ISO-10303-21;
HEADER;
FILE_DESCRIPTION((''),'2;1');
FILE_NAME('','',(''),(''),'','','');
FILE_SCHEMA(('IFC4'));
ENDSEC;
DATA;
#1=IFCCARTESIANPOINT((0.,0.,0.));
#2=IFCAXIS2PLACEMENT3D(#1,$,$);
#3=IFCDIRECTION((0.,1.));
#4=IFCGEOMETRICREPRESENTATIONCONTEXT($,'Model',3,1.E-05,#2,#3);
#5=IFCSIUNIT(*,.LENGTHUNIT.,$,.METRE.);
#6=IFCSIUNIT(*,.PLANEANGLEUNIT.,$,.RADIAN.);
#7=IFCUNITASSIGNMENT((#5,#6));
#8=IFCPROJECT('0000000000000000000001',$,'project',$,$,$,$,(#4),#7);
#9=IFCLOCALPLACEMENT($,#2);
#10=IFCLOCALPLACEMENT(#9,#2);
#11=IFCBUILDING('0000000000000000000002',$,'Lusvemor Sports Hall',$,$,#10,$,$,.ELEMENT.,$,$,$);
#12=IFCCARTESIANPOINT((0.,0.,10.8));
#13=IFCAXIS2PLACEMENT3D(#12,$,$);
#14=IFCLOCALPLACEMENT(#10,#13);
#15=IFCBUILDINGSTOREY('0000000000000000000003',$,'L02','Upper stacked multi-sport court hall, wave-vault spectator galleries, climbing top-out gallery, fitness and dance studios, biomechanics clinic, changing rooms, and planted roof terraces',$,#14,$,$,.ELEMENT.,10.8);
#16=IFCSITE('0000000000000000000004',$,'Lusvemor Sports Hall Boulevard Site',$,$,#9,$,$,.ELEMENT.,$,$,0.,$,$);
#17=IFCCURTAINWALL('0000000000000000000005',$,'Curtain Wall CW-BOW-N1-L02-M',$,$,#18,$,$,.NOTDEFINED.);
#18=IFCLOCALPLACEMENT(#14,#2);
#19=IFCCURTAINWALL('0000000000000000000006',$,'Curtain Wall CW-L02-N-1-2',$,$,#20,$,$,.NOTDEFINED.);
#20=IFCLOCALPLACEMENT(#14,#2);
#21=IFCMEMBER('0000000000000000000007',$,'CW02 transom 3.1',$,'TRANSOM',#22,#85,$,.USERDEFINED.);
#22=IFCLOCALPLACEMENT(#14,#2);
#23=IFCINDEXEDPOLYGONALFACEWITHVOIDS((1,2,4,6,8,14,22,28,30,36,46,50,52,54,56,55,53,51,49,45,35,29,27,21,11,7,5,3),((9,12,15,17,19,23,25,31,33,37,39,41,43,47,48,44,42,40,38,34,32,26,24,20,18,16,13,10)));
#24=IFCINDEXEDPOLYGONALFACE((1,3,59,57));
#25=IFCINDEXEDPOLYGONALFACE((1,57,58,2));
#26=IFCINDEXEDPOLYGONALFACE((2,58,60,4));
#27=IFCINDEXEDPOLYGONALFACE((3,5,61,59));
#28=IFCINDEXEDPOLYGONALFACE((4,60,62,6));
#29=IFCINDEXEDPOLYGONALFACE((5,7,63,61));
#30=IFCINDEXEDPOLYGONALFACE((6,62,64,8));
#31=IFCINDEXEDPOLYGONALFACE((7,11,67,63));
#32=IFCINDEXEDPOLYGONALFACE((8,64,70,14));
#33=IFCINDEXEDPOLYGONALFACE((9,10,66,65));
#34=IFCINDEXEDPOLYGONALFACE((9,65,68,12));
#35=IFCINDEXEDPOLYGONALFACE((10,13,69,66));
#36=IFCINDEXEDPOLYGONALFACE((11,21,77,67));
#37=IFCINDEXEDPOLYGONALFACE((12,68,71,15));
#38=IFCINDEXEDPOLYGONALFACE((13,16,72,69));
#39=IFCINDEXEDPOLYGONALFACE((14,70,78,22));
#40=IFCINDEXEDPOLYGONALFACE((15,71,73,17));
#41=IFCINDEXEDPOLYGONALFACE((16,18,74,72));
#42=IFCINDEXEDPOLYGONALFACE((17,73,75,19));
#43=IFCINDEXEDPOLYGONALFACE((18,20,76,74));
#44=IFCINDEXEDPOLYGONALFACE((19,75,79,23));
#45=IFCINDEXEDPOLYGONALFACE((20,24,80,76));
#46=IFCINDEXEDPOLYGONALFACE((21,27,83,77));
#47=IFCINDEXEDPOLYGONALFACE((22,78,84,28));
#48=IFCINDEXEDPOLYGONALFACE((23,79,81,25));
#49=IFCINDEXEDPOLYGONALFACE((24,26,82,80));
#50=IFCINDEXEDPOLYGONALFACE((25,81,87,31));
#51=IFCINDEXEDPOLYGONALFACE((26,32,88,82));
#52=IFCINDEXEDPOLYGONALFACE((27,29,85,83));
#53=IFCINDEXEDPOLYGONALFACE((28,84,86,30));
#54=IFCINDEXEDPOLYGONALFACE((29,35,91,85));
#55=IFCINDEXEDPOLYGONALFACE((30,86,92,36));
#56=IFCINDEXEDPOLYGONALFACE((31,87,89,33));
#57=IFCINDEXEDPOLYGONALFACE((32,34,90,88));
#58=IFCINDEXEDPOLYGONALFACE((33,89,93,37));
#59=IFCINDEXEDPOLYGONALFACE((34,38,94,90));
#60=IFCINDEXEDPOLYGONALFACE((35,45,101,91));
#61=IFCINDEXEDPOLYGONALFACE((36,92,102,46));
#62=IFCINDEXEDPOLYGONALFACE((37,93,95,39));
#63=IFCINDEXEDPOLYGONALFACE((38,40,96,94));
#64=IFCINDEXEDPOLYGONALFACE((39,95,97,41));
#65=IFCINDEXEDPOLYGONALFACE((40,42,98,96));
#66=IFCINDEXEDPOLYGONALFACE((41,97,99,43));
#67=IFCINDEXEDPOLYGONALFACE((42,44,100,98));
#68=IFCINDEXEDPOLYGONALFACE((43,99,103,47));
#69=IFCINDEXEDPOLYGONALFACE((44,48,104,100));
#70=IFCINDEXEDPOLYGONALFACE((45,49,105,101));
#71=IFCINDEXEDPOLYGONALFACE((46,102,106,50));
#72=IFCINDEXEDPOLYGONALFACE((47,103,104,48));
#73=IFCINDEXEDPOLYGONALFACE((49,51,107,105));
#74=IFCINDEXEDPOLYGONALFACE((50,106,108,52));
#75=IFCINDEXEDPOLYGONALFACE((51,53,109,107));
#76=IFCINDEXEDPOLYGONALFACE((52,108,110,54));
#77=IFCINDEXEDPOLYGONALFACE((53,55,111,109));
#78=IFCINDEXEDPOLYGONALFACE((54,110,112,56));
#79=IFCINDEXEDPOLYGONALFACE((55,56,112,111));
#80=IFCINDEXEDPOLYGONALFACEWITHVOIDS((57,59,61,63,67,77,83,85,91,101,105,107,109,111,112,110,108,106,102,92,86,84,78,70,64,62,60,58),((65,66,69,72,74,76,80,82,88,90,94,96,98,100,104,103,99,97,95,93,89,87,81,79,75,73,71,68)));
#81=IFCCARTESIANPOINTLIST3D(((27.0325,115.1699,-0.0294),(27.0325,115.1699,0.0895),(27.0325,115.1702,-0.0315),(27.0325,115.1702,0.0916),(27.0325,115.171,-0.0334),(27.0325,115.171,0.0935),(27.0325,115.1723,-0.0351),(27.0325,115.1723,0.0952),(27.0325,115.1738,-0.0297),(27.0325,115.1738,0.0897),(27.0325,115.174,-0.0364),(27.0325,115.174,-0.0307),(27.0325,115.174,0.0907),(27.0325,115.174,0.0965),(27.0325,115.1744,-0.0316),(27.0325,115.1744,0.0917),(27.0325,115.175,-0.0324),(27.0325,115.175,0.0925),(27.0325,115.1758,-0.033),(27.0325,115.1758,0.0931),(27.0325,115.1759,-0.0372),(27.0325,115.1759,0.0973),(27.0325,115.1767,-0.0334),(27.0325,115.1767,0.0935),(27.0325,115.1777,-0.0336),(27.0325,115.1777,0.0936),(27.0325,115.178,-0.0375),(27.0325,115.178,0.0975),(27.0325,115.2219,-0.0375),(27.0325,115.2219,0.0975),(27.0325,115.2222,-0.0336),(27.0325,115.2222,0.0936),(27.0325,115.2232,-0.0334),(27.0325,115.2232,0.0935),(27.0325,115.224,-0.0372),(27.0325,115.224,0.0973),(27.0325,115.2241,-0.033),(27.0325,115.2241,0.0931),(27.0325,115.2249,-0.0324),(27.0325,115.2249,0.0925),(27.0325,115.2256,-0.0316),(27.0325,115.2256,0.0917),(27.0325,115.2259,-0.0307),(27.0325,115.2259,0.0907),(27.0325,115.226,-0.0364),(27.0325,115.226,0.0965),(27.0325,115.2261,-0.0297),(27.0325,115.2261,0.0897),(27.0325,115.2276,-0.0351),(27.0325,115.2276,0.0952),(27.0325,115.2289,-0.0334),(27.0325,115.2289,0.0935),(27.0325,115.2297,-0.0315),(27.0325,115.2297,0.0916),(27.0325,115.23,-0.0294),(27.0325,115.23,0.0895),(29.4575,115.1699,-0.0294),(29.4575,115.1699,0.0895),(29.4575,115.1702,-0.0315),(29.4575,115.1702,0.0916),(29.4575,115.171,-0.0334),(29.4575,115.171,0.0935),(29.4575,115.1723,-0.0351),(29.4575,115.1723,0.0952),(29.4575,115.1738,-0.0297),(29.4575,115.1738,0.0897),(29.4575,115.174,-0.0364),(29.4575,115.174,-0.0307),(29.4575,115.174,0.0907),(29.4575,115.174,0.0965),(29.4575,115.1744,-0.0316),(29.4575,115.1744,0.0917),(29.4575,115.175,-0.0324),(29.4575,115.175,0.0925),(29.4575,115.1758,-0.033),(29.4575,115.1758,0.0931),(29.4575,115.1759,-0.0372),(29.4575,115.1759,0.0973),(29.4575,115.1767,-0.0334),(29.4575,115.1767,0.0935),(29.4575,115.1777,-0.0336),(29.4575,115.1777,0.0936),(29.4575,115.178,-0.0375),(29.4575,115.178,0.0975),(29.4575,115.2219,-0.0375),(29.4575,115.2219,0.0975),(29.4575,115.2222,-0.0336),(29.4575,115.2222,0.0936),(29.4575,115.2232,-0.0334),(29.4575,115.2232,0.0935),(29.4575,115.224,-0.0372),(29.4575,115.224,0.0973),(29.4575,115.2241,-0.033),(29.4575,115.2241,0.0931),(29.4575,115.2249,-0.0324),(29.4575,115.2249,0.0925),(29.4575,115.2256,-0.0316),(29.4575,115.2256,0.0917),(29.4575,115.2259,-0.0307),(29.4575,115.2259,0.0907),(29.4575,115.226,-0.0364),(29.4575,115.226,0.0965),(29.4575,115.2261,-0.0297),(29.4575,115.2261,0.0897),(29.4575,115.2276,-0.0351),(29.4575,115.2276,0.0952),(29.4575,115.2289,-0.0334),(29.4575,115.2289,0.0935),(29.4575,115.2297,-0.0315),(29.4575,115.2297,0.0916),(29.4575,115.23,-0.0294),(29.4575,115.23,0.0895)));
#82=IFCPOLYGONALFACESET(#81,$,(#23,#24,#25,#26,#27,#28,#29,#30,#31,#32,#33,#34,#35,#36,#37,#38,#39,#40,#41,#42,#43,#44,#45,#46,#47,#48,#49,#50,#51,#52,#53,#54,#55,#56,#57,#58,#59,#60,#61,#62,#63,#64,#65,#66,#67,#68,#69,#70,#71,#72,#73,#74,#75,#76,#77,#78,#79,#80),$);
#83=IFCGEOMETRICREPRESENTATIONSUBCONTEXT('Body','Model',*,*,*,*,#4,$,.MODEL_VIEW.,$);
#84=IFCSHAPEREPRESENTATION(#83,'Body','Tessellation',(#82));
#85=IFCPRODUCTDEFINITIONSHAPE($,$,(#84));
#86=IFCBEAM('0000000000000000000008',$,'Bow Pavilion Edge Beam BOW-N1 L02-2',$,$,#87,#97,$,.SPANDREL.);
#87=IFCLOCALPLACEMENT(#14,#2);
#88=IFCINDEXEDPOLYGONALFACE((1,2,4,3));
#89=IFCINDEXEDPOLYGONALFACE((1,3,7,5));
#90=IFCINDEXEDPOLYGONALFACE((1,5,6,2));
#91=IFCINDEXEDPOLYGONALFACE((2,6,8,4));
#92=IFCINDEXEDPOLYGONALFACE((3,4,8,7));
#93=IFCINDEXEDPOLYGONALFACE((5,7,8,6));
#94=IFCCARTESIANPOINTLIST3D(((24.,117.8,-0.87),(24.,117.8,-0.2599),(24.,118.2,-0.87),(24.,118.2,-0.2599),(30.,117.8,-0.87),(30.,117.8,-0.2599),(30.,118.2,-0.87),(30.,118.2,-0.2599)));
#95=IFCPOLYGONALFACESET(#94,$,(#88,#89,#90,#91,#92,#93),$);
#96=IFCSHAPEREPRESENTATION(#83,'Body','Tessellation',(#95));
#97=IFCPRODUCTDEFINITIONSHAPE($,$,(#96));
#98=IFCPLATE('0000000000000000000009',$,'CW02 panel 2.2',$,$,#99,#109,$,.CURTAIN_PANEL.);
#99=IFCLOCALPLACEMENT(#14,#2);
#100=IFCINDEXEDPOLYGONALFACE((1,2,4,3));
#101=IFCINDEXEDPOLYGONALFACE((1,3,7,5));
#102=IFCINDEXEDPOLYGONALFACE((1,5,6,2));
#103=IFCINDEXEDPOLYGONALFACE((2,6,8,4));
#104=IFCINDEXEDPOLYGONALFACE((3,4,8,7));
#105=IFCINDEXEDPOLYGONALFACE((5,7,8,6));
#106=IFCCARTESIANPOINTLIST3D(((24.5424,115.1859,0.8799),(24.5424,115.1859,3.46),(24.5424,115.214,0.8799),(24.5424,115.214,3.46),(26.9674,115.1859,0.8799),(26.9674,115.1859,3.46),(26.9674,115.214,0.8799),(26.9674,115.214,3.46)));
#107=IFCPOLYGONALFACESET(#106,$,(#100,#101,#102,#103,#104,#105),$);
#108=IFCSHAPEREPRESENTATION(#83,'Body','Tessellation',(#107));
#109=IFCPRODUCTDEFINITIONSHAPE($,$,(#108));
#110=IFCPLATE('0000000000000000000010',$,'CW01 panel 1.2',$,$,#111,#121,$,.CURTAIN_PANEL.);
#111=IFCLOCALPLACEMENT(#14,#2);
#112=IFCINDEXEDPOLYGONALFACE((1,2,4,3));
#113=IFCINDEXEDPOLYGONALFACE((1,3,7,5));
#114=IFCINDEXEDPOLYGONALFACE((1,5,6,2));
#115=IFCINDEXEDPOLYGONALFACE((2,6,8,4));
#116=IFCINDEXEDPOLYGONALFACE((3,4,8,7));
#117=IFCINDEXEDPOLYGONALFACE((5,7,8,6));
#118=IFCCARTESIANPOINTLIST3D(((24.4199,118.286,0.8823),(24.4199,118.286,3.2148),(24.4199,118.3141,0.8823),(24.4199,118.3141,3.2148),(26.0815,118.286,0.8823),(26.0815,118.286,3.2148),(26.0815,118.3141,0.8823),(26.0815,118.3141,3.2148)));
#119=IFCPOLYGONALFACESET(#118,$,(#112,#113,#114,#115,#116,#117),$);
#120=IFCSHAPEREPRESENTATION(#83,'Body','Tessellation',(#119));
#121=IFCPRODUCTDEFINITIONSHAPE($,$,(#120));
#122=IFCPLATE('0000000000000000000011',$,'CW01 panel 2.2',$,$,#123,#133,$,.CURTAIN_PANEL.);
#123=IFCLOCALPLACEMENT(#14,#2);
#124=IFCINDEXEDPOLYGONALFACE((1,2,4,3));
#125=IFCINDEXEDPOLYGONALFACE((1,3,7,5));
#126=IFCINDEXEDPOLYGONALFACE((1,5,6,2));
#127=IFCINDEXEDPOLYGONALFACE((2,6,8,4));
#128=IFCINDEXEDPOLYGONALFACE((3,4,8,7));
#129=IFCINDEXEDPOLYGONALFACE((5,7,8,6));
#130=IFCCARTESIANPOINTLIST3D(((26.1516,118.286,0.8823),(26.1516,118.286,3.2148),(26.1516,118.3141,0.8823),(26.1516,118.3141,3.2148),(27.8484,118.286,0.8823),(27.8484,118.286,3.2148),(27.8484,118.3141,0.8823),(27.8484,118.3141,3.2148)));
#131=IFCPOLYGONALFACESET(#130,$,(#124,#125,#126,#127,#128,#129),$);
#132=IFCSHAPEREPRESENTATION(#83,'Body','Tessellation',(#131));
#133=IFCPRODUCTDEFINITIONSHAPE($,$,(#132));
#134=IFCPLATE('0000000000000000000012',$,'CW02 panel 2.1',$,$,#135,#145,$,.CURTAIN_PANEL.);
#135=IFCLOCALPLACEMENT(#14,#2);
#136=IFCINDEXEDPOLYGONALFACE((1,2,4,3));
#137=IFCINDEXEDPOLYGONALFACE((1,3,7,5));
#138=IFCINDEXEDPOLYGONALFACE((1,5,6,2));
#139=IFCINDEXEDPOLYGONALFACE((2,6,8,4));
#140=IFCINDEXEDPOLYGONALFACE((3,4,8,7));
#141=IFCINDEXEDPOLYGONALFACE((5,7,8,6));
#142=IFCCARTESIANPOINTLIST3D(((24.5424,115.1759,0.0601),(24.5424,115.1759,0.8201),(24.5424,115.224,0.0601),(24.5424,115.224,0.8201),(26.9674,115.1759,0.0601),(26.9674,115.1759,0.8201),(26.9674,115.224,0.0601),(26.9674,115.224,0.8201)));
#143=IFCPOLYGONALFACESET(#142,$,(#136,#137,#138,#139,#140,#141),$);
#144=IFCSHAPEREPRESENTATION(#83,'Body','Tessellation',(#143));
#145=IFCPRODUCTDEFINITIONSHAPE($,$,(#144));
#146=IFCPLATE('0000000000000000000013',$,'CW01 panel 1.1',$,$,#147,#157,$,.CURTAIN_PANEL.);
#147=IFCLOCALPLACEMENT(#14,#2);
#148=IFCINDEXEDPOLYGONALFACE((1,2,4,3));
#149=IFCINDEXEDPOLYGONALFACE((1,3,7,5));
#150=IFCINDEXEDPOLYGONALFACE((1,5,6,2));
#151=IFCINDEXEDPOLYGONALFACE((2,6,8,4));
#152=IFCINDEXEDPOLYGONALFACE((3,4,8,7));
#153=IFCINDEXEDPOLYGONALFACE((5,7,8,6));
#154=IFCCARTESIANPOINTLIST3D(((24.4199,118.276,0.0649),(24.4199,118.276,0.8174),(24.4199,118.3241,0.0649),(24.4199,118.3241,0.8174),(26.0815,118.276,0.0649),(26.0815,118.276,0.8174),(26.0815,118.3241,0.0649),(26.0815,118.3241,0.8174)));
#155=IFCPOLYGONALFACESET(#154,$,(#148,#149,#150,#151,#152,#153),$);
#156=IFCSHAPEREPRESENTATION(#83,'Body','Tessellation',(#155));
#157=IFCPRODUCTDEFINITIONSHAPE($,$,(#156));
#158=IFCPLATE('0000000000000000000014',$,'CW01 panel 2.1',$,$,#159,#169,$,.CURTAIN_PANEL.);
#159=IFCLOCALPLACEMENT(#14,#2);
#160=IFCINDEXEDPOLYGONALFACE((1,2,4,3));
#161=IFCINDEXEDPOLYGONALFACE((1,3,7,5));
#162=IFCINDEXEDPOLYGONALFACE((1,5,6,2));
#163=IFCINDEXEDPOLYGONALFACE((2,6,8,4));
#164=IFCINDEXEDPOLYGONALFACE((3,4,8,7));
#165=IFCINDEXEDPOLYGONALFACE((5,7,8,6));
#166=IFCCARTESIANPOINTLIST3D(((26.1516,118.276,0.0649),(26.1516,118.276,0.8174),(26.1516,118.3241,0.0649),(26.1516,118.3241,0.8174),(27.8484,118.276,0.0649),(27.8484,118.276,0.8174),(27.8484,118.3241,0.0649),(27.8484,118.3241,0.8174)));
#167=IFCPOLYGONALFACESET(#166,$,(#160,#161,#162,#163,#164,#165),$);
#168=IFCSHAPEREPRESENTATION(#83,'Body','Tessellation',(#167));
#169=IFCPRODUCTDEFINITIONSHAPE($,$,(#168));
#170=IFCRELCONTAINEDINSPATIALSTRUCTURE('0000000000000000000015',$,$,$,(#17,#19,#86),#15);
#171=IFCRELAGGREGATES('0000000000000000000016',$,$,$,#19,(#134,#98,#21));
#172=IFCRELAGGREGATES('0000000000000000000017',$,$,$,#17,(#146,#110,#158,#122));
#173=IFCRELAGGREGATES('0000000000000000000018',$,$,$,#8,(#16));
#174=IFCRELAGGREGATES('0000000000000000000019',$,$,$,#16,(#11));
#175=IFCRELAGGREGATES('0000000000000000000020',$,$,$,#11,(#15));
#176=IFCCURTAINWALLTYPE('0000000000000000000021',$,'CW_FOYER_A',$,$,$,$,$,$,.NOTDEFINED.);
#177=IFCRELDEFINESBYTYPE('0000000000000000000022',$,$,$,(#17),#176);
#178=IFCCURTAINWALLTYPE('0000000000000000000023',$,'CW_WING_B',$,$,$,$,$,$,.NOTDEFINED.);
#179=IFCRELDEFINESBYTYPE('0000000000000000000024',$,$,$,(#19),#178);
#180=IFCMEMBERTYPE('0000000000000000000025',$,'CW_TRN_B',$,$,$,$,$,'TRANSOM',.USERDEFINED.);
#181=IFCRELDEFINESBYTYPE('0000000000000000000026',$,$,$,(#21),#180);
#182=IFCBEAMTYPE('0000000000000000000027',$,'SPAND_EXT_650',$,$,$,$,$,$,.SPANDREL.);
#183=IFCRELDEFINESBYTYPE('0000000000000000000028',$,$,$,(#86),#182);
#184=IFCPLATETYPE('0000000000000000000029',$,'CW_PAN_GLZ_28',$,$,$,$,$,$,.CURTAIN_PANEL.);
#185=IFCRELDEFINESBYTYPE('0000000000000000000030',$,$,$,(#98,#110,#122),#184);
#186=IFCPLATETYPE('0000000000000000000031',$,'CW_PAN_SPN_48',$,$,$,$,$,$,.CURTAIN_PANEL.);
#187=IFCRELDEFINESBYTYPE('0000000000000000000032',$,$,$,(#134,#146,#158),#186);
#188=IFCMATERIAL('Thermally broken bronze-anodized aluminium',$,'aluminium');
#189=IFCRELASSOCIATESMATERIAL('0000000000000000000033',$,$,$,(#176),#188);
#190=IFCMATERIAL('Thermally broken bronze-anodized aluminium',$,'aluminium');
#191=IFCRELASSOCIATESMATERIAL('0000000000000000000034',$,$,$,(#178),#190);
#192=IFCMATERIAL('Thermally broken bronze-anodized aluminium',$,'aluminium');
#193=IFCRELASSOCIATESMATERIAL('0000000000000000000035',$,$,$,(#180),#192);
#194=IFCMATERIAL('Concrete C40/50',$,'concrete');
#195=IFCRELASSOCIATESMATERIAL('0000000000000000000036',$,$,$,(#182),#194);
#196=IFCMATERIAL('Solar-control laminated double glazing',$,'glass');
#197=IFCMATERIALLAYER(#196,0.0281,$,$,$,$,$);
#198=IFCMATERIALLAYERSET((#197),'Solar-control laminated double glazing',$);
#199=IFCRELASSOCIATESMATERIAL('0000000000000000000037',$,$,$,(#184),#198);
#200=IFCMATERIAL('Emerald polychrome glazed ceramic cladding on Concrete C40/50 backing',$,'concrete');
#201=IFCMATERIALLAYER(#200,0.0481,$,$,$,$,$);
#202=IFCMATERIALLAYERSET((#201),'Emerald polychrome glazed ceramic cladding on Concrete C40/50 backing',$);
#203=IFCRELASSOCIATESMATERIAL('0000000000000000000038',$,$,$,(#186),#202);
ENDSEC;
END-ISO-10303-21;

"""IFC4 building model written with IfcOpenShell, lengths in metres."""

from ifc_helpers import new_model, si_unit, direction, frame, origin, origin_2d, place, context, subcontext, project, spatial, rectangle, hollow_rectangle, extrude, material, layer, layer_set, material_profile, profile_set, type_object, element, aggregate, save


model = new_model("IFC4")

# Units and contexts
model_context = context("Model", 3, precision=1e-05, world=origin(), true_north=direction((0.0, 1.0)))
body_context = subcontext(model_context, "Body", "Model", "MODEL_VIEW")
ifc_project = project(units=[si_unit("LENGTHUNIT", "METRE"), si_unit("PLANEANGLEUNIT", "RADIAN")], contexts=[model_context])

# Site, building, storey
site_placement = place(None, origin())
site = spatial("IfcSite", under=ifc_project, at=site_placement, Name="Lusvemor Sports Hall Boulevard Site", CompositionType="ELEMENT", RefElevation=0.0)
building_placement = place(site_placement, origin())
building = spatial("IfcBuilding", under=site, at=building_placement, Name="Lusvemor Sports Hall", CompositionType="ELEMENT")
storey_placement = place(building_placement, frame((0.0, 0.0, 10.8)))
storey = spatial("IfcBuildingStorey", under=building, at=storey_placement, Name="L02", Description="Upper stacked multi-sport court hall, wave-vault spectator galleries, climbing top-out gallery, fitness and dance studios, biomechanics clinic, changing rooms, and planted roof terraces", CompositionType="ELEMENT", Elevation=10.8)

# Curtain wall
ifc_material_1 = material(Name="Thermally broken bronze-anodized aluminium", Category="aluminium")
curtain_wall_type_1 = type_object("IfcCurtainWallType", Name="CW_FOYER_A", PredefinedType="NOTDEFINED", material=ifc_material_1)
curtain_wall_1_placement = place(storey_placement, origin())
curtain_wall_1 = element("IfcCurtainWall", 1, at=curtain_wall_1_placement, inside=storey, type_object=curtain_wall_type_1, Name="Curtain Wall CW-BOW-N1-L02-M", PredefinedType="NOTDEFINED")

# Curtain wall
ifc_material_2 = material(Name="Thermally broken bronze-anodized aluminium", Category="aluminium")
curtain_wall_type_2 = type_object("IfcCurtainWallType", Name="CW_WING_B", PredefinedType="NOTDEFINED", material=ifc_material_2)
curtain_wall_2_placement = place(storey_placement, origin())
curtain_wall_2 = element("IfcCurtainWall", 2, at=curtain_wall_2_placement, inside=storey, type_object=curtain_wall_type_2, Name="Curtain Wall CW-L02-N-1-2", PredefinedType="NOTDEFINED")

# Member
ifc_material_3 = material(Name="Thermally broken bronze-anodized aluminium", Category="aluminium")
ifc_material_profile_1 = material_profile(ifc_material_3, hollow_rectangle(XDim=0.0601, YDim=0.135, WallThickness=0.0039, InnerFilletRadius=0.0039, OuterFilletRadius=0.0081, at=origin_2d()), Name="CWTRN135x60x4")
ifc_profile_set_1 = profile_set([ifc_material_profile_1], Name="Thermally broken bronze-anodized aluminium")
member_type_1 = type_object("IfcMemberType", Name="CW_TRN_B", ElementType="TRANSOM", PredefinedType="USERDEFINED", material=ifc_profile_set_1)
member_1_placement = place(storey_placement, frame((27.0325, 115.2, 0.03), z_axis=(1.0, 0.0, 0.0), x_axis=(0.0, 1.0, 0.0)))
member_1 = element("IfcMember", 3, at=member_1_placement, type_object=member_type_1, Name="CW02 transom 3.1", ObjectType="TRANSOM", PredefinedType="USERDEFINED", context=body_context, shape_type="SweptSolid", body=[
    extrude(hollow_rectangle(XDim=0.0601, YDim=0.135, WallThickness=0.0039, InnerFilletRadius=0.0039, OuterFilletRadius=0.0081, at=origin_2d()), origin(), (0.0, 0.0, 1.0), 2.425),
])

# Beam
ifc_material_4 = material(Name="Concrete C40/50", Category="concrete")
ifc_material_profile_2 = material_profile(ifc_material_4, rectangle(XDim=0.3999, YDim=0.6101, at=origin_2d()), Name="RC400x610")
ifc_profile_set_2 = profile_set([ifc_material_profile_2], Name="Concrete C40/50")
beam_type = type_object("IfcBeamType", Name="SPAND_EXT_650", PredefinedType="SPANDREL", material=ifc_profile_set_2)
beam_placement = place(storey_placement, frame((24.0, 118.0, -0.5649), z_axis=(1.0, 0.0, 0.0), x_axis=(0.0, 1.0, 0.0)))
element("IfcBeam", 4, at=beam_placement, inside=storey, type_object=beam_type, Name="Bow Pavilion Edge Beam BOW-N1 L02-2", PredefinedType="SPANDREL", context=body_context, shape_type="SweptSolid", body=[
    extrude(rectangle(XDim=0.3999, YDim=0.6101, at=origin_2d()), origin(), (0.0, 0.0, 1.0), 6.0),
])

# Plates
ifc_material_5 = material(Name="Solar-control laminated double glazing", Category="glass")
ifc_layer_1 = layer(ifc_material_5, 0.0281)
ifc_layer_set_1 = layer_set([ifc_layer_1], Name="Solar-control laminated double glazing")
plate_type_1 = type_object("IfcPlateType", Name="CW_PAN_GLZ_28", PredefinedType="CURTAIN_PANEL", material=ifc_layer_set_1)
plate_1_placement = place(storey_placement, frame((25.7549, 115.2, 0.8799), z_axis=(0.0, 0.0, 1.0), x_axis=(1.0, 0.0, 0.0)))
plate_1 = element("IfcPlate", 5, at=plate_1_placement, type_object=plate_type_1, Name="CW02 panel 2.2", PredefinedType="CURTAIN_PANEL", context=body_context, shape_type="SweptSolid", body=[
    extrude(rectangle(XDim=2.425, YDim=0.0281, at=origin_2d()), origin(), (0.0, 0.0, 1.0), 2.5801),
])
plate_2_placement = place(storey_placement, frame((25.2507, 118.3, 0.8823), z_axis=(0.0, 0.0, 1.0), x_axis=(1.0, 0.0, 0.0)))
plate_2 = element("IfcPlate", 6, at=plate_2_placement, type_object=plate_type_1, Name="CW01 panel 1.2", PredefinedType="CURTAIN_PANEL", context=body_context, shape_type="SweptSolid", body=[
    extrude(rectangle(XDim=1.6616, YDim=0.0281, at=origin_2d()), origin(), (0.0, 0.0, 1.0), 2.3325),
])
plate_3_placement = place(storey_placement, frame((27.0, 118.3, 0.8823), z_axis=(0.0, 0.0, 1.0), x_axis=(1.0, 0.0, 0.0)))
plate_3 = element("IfcPlate", 7, at=plate_3_placement, type_object=plate_type_1, Name="CW01 panel 2.2", PredefinedType="CURTAIN_PANEL", context=body_context, shape_type="SweptSolid", body=[
    extrude(rectangle(XDim=1.6968, YDim=0.0281, at=origin_2d()), origin(), (0.0, 0.0, 1.0), 2.3325),
])
ifc_material_6 = material(Name="Emerald polychrome glazed ceramic cladding on Concrete C40/50 backing", Category="concrete")
ifc_layer_2 = layer(ifc_material_6, 0.0481)
ifc_layer_set_2 = layer_set([ifc_layer_2], Name="Emerald polychrome glazed ceramic cladding on Concrete C40/50 backing")
plate_type_2 = type_object("IfcPlateType", Name="CW_PAN_SPN_48", PredefinedType="CURTAIN_PANEL", material=ifc_layer_set_2)
plate_4_placement = place(storey_placement, frame((25.7549, 115.2, 0.0601), z_axis=(0.0, 0.0, 1.0), x_axis=(1.0, 0.0, 0.0)))
plate_4 = element("IfcPlate", 8, at=plate_4_placement, type_object=plate_type_2, Name="CW02 panel 2.1", PredefinedType="CURTAIN_PANEL", context=body_context, shape_type="SweptSolid", body=[
    extrude(rectangle(XDim=2.425, YDim=0.0481, at=origin_2d()), origin(), (0.0, 0.0, 1.0), 0.76),
])
aggregate(curtain_wall_2, [plate_4, plate_1, member_1])
plate_5_placement = place(storey_placement, frame((25.2507, 118.3, 0.0649), z_axis=(0.0, 0.0, 1.0), x_axis=(1.0, 0.0, 0.0)))
plate_5 = element("IfcPlate", 9, at=plate_5_placement, type_object=plate_type_2, Name="CW01 panel 1.1", PredefinedType="CURTAIN_PANEL", context=body_context, shape_type="SweptSolid", body=[
    extrude(rectangle(XDim=1.6616, YDim=0.0481, at=origin_2d()), origin(), (0.0, 0.0, 1.0), 0.7524),
])
plate_6_placement = place(storey_placement, frame((27.0, 118.3, 0.0649), z_axis=(0.0, 0.0, 1.0), x_axis=(1.0, 0.0, 0.0)))
plate_6 = element("IfcPlate", 10, at=plate_6_placement, type_object=plate_type_2, Name="CW01 panel 2.1", PredefinedType="CURTAIN_PANEL", context=body_context, shape_type="SweptSolid", body=[
    extrude(rectangle(XDim=1.6968, YDim=0.0481, at=origin_2d()), origin(), (0.0, 0.0, 1.0), 0.7524),
])
aggregate(curtain_wall_1, [plate_5, plate_2, plate_6, plate_3])

save(model, "model.ifc")
